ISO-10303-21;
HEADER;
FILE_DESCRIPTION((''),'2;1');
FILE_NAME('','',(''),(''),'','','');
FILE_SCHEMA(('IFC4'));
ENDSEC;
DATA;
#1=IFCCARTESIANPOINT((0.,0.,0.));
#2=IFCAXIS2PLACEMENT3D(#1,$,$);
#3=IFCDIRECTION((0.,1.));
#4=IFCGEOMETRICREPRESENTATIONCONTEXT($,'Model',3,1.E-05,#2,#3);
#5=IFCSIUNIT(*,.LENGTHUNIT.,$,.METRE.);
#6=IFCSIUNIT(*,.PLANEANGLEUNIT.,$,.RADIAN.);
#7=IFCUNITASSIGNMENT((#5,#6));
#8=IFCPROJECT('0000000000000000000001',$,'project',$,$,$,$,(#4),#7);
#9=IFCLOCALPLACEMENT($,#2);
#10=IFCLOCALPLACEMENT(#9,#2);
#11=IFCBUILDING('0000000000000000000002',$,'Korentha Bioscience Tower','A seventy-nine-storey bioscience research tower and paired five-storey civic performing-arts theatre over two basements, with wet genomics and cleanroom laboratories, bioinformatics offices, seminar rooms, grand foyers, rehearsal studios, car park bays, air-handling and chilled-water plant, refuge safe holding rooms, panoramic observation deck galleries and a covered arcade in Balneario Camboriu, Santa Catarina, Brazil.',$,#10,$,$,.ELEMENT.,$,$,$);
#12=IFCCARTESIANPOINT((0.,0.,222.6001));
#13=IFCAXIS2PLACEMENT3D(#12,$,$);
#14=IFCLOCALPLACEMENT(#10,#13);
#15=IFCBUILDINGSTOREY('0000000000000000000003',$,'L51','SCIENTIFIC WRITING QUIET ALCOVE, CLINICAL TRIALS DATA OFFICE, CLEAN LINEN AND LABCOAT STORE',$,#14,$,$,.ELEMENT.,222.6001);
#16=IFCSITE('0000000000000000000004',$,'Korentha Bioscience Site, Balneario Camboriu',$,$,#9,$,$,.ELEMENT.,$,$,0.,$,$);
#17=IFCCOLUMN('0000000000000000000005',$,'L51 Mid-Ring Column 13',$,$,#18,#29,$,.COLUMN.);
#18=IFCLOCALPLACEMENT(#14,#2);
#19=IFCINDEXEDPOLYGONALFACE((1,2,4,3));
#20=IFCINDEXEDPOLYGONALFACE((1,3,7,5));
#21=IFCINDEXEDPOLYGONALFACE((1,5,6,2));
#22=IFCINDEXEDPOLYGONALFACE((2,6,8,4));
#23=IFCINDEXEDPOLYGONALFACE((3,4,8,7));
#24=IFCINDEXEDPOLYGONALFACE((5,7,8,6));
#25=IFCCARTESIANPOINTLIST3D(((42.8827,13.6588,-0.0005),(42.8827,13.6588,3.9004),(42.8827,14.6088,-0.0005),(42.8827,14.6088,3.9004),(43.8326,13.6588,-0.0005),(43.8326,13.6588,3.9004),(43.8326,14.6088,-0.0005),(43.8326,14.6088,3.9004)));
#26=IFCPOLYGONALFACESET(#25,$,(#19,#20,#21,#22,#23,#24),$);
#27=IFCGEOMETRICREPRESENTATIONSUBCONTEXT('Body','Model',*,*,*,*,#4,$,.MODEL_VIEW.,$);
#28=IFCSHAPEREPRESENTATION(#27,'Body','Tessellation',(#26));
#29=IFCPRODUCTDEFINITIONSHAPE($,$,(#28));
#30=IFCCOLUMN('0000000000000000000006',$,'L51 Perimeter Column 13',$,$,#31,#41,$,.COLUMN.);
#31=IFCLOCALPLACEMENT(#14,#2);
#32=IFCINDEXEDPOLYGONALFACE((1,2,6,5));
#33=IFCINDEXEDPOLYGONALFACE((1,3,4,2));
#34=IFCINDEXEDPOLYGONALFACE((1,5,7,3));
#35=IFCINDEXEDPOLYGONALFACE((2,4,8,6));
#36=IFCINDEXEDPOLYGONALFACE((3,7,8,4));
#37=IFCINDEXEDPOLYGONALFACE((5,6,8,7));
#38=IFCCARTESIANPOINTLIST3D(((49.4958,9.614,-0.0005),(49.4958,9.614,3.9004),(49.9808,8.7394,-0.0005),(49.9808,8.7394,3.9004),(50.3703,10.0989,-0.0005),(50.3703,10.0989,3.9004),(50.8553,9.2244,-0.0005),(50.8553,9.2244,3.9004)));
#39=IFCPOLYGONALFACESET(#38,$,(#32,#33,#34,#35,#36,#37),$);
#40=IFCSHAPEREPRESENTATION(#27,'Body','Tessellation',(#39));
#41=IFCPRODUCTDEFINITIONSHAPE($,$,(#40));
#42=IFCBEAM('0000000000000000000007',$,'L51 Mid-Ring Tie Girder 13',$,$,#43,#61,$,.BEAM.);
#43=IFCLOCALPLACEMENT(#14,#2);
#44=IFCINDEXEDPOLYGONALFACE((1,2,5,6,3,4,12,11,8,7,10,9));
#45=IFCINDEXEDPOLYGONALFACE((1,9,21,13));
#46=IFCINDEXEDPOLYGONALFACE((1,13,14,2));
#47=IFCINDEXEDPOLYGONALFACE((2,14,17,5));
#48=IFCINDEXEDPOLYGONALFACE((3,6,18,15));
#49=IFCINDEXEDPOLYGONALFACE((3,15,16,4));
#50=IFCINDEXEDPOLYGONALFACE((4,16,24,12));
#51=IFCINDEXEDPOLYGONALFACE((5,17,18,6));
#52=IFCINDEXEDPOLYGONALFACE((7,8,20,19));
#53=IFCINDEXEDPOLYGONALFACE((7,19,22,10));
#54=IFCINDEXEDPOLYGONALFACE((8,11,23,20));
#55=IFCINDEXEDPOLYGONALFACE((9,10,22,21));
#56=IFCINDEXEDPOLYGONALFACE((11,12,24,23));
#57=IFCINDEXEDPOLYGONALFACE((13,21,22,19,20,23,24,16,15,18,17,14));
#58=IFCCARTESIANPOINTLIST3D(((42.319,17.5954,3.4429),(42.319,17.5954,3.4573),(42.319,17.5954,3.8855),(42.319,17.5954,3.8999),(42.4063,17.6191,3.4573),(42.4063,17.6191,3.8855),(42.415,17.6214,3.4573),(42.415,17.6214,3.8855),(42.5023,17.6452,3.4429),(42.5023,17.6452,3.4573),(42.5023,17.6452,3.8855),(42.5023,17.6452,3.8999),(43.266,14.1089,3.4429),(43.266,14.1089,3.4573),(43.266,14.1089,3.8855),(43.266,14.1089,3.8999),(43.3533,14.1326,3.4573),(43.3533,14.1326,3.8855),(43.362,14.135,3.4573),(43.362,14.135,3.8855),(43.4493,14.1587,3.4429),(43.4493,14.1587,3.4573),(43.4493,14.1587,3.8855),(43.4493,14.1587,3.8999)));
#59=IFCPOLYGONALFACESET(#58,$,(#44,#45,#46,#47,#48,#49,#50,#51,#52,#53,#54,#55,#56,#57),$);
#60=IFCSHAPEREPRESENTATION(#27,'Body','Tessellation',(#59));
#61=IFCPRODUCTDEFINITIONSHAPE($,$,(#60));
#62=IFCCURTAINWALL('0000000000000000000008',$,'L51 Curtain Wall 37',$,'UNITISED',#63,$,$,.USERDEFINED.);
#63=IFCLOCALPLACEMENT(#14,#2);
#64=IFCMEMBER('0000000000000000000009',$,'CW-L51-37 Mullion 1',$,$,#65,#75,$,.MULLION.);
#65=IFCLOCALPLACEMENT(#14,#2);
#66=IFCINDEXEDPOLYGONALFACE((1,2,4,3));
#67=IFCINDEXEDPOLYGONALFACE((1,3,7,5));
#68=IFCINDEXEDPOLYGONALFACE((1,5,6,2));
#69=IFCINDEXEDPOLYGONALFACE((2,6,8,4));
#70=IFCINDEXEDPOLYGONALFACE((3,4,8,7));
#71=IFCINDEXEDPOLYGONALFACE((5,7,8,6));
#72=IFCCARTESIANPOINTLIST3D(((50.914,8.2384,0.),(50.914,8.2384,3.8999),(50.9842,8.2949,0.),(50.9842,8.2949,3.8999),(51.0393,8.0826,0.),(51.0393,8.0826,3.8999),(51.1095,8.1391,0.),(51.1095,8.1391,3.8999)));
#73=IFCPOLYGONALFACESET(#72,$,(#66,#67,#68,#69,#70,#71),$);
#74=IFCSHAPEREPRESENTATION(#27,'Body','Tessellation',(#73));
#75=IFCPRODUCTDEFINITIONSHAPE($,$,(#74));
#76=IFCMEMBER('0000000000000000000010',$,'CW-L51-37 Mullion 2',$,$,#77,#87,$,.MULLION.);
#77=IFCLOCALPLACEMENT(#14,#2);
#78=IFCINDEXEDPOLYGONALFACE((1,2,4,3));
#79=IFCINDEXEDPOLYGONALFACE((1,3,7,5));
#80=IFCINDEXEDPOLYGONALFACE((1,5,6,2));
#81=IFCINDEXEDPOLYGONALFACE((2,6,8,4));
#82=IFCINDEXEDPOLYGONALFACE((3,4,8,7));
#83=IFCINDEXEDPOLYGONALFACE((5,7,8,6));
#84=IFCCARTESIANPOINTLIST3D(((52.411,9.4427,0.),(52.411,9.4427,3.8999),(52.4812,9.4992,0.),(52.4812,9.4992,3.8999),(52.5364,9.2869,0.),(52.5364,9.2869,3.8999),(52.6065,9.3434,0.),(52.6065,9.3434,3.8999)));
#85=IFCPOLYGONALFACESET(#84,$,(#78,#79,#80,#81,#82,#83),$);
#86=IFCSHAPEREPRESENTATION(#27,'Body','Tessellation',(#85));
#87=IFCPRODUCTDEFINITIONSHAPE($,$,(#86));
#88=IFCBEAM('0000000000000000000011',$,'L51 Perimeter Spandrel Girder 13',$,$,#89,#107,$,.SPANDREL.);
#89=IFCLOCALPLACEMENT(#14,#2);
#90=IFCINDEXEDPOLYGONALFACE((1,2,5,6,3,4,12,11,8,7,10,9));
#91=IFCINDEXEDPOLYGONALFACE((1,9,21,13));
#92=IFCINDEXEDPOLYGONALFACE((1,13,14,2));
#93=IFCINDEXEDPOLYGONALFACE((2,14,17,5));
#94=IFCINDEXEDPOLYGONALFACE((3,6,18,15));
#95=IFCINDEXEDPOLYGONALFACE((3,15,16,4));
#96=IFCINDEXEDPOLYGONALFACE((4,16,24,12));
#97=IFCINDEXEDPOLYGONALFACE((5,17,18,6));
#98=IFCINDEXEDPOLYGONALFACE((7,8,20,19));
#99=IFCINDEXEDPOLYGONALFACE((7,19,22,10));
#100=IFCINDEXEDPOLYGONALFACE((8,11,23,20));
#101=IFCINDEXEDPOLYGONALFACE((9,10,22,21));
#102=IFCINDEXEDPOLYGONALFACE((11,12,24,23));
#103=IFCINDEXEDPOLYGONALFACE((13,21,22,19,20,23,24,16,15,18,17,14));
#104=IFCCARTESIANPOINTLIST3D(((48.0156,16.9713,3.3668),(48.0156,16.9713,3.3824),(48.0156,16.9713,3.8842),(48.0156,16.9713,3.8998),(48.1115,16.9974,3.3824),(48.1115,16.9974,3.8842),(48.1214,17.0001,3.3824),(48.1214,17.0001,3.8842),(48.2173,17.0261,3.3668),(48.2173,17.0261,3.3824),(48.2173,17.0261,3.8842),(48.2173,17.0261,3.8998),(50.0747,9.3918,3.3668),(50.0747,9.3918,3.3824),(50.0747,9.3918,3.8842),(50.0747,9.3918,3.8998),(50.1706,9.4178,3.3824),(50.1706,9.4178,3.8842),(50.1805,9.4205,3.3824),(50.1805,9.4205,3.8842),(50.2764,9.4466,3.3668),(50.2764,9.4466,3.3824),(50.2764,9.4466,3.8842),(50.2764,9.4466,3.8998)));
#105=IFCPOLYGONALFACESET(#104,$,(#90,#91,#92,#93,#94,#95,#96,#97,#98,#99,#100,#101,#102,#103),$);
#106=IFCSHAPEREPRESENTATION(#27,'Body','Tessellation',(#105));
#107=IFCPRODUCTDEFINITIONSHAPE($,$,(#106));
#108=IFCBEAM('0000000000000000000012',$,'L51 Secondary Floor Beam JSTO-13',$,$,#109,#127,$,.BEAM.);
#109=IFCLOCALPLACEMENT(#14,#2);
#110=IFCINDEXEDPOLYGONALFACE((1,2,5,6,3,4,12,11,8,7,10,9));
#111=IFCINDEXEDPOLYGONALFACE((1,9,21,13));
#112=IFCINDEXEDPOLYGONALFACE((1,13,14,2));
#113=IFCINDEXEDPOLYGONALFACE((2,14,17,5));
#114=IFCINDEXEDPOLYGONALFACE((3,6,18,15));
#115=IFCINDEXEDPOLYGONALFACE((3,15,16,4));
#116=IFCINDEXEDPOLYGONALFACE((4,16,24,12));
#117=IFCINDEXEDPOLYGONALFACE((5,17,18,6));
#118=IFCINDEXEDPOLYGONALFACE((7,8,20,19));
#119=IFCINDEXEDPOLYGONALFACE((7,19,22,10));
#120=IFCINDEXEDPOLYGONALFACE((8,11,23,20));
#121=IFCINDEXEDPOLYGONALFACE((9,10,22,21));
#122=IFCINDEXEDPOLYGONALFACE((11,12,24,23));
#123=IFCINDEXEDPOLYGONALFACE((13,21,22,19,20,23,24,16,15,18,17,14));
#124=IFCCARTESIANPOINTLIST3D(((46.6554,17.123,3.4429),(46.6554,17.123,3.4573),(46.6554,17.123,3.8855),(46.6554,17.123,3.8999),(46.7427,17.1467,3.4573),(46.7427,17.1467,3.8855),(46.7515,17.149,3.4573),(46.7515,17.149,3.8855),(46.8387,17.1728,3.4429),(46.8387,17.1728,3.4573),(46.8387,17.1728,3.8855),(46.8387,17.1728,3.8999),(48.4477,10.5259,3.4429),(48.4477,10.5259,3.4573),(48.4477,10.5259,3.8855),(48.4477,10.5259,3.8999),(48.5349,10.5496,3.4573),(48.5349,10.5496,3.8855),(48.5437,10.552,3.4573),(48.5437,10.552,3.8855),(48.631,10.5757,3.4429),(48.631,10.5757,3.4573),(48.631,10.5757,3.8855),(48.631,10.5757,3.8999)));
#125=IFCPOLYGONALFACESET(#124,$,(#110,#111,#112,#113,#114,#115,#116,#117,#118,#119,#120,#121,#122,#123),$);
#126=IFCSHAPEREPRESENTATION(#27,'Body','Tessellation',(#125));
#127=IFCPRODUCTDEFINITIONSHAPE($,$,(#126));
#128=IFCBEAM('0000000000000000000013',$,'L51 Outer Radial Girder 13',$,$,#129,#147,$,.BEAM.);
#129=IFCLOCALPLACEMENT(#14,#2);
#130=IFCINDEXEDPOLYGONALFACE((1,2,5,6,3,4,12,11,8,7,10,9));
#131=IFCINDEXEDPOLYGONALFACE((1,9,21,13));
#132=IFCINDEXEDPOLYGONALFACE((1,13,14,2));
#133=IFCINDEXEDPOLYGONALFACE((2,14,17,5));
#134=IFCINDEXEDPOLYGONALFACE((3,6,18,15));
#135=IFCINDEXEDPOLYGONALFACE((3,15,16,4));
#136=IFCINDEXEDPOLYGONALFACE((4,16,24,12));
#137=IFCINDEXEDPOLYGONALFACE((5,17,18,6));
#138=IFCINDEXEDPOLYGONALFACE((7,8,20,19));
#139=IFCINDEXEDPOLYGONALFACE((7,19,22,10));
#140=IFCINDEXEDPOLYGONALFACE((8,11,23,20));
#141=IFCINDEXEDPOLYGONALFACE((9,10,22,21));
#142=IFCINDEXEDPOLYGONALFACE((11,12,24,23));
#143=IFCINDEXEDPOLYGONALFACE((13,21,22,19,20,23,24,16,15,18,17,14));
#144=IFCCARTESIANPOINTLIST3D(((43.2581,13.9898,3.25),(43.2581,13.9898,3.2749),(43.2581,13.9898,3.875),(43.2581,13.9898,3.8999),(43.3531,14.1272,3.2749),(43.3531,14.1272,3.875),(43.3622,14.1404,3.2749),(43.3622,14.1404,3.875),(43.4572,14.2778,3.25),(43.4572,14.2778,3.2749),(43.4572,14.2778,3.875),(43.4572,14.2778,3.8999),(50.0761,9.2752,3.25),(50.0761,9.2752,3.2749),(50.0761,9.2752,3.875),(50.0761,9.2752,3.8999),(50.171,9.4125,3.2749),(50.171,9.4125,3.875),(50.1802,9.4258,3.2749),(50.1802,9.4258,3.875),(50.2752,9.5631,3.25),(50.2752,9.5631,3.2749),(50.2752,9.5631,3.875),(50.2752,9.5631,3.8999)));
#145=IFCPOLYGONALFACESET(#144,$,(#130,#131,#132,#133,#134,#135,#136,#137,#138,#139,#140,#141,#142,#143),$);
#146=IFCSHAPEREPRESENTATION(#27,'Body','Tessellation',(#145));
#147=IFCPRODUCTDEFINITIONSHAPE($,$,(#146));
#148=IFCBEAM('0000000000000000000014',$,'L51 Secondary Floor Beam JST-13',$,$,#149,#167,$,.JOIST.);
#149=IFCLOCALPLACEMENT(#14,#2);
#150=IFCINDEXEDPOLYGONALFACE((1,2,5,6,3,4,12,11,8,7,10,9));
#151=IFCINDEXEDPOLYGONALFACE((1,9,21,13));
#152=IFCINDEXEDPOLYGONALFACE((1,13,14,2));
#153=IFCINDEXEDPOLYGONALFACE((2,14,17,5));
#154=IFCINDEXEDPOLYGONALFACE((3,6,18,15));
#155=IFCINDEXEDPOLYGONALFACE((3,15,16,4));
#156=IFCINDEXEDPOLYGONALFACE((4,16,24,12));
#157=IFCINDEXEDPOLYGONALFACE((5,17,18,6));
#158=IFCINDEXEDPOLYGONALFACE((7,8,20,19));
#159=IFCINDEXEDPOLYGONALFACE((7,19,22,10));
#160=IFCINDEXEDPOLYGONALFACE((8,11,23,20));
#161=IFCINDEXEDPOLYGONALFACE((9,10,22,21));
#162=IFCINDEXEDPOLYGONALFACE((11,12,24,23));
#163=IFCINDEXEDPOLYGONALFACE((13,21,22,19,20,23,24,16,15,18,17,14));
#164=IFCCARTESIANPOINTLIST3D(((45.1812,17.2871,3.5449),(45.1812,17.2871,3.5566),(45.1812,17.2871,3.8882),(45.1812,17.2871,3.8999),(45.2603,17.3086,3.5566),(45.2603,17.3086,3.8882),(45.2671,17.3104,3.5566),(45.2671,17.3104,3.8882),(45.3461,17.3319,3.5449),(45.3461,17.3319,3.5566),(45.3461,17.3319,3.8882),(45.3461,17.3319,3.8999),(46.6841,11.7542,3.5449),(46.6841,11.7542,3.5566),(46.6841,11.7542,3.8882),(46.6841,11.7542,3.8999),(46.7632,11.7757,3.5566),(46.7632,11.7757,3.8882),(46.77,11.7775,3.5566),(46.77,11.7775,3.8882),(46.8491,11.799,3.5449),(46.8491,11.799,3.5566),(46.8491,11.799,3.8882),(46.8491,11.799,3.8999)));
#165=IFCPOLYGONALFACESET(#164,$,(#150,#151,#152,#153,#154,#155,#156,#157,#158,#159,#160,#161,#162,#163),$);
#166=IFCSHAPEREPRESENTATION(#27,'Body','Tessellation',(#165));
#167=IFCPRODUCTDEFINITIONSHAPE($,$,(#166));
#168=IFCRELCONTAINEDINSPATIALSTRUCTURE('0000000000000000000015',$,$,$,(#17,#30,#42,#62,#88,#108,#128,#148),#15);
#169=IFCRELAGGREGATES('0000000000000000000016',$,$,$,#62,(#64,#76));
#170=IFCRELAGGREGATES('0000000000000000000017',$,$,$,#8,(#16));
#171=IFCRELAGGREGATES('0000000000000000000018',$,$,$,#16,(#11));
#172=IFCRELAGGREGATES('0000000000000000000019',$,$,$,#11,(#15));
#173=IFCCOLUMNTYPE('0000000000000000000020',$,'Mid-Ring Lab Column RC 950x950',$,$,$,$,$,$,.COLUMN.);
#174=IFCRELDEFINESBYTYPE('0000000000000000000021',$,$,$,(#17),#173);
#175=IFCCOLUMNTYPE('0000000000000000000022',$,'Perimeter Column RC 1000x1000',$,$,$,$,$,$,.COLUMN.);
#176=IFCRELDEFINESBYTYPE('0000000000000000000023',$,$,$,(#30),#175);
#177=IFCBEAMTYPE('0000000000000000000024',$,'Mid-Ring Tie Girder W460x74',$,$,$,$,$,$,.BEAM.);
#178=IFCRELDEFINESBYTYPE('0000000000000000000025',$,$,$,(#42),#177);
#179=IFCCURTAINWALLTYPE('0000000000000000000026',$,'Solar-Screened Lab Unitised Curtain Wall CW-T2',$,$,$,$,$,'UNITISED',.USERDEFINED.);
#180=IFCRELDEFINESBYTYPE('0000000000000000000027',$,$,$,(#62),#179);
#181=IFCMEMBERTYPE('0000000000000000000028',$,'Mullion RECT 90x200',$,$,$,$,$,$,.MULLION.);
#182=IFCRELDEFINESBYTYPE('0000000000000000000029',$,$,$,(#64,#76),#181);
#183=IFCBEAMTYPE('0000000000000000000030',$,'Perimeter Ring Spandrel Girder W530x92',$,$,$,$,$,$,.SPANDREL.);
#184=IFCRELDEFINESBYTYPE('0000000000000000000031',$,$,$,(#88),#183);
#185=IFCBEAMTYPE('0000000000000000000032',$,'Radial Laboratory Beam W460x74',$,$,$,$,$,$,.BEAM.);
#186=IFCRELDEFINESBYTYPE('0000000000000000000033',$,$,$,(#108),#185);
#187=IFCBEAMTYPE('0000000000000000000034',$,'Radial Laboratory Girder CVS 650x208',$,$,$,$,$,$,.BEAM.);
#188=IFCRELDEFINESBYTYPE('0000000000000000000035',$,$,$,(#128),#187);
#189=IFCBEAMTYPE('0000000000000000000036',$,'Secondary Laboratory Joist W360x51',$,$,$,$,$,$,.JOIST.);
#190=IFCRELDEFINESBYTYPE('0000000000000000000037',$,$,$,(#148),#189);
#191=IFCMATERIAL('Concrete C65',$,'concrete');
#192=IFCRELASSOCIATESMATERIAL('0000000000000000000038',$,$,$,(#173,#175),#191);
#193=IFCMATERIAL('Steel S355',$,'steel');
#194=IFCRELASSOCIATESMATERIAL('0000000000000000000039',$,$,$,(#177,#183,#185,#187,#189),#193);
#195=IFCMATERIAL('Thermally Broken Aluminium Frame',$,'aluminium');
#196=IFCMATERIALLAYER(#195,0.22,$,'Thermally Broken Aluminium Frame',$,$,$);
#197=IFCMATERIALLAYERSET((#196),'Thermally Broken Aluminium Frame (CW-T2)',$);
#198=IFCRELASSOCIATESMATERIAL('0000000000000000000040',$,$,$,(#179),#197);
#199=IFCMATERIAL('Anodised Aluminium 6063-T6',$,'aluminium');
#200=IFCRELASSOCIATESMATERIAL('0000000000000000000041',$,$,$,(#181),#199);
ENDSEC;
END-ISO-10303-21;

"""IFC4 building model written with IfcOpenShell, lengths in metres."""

from ifc_helpers import new_model, si_unit, direction, frame, origin, origin_2d, place, context, subcontext, project, spatial, rectangle, i_section, extrude, material, layer, layer_set, material_profile, profile_set, type_object, element, aggregate, save


model = new_model("IFC4")

# Units and contexts
model_context = context("Model", 3, precision=1e-05, world=origin(), true_north=direction((0.0, 1.0)))
body_context = subcontext(model_context, "Body", "Model", "MODEL_VIEW")
ifc_project = project(units=[si_unit("LENGTHUNIT", "METRE"), si_unit("PLANEANGLEUNIT", "RADIAN")], contexts=[model_context])

# Site, building, storey
site_placement = place(None, origin())
site = spatial("IfcSite", under=ifc_project, at=site_placement, Name="Korentha Bioscience Site, Balneario Camboriu", CompositionType="ELEMENT", RefElevation=0.0)
building_placement = place(site_placement, origin())
building = spatial("IfcBuilding", under=site, at=building_placement, Name="Korentha Bioscience Tower", Description="A seventy-nine-storey bioscience research tower and paired five-storey civic performing-arts theatre over two basements, with wet genomics and cleanroom laboratories, bioinformatics offices, seminar rooms, grand foyers, rehearsal studios, car park bays, air-handling and chilled-water plant, refuge safe holding rooms, panoramic observation deck galleries and a covered arcade in Balneario Camboriu, Santa Catarina, Brazil.", CompositionType="ELEMENT")
storey_placement = place(building_placement, frame((0.0, 0.0, 222.6001)))
storey = spatial("IfcBuildingStorey", under=building, at=storey_placement, Name="L51", Description="SCIENTIFIC WRITING QUIET ALCOVE, CLINICAL TRIALS DATA OFFICE, CLEAN LINEN AND LABCOAT STORE", CompositionType="ELEMENT", Elevation=222.6001)

# Columns
ifc_material_1 = material(Name="Concrete C65", Category="concrete")
ifc_material_profile_1 = material_profile(ifc_material_1, rectangle(XDim=0.95, YDim=0.95, at=origin_2d()), Name="Concrete C65")
ifc_profile_set_1 = profile_set([ifc_material_profile_1], Name="Concrete C65 (COL-MR09)")
column_type_1 = type_object("IfcColumnType", Name="Mid-Ring Lab Column RC 950x950", PredefinedType="COLUMN", material=ifc_profile_set_1)
column_1_placement = place(storey_placement, frame((43.3577, 14.1338, -0.0005), z_axis=(0.0, 0.0, 1.0), x_axis=(1.0, 0.0, 0.0)))
element("IfcColumn", 1, at=column_1_placement, inside=storey, type_object=column_type_1, Name="L51 Mid-Ring Column 13", PredefinedType="COLUMN", context=body_context, shape_type="SweptSolid", body=[
    extrude(rectangle(XDim=0.95, YDim=0.95, at=origin_2d()), origin(), (0.0, 0.0, 1.0), 3.9009),
])
ifc_material_profile_2 = material_profile(ifc_material_1, rectangle(XDim=1.0, YDim=1.0, at=origin_2d()), Name="Concrete C65")
ifc_profile_set_2 = profile_set([ifc_material_profile_2], Name="Concrete C65 (COL-P10)")
column_type_2 = type_object("IfcColumnType", Name="Perimeter Column RC 1000x1000", PredefinedType="COLUMN", material=ifc_profile_set_2)
column_2_placement = place(storey_placement, frame((50.1755, 9.4192, -0.0005), z_axis=(0.0, 0.0, 1.0), x_axis=(0.874535, 0.484962, 0.0)))
element("IfcColumn", 2, at=column_2_placement, inside=storey, type_object=column_type_2, Name="L51 Perimeter Column 13", PredefinedType="COLUMN", context=body_context, shape_type="SweptSolid", body=[
    extrude(rectangle(XDim=1.0, YDim=1.0, at=origin_2d()), origin(), (0.0, 0.0, 1.0), 3.9009),
])

# Beam
ifc_material_2 = material(Name="Steel S355", Category="steel")
ifc_material_profile_3 = material_profile(ifc_material_2, i_section(OverallWidth=0.1899, OverallDepth=0.457, WebThickness=0.009, FlangeThickness=0.0144, at=origin_2d()), Name="Steel S355")
ifc_profile_set_3 = profile_set([ifc_material_profile_3], Name="Steel S355 (MB-460)")
beam_type_1 = type_object("IfcBeamType", Name="Mid-Ring Tie Girder W460x74", PredefinedType="BEAM", material=ifc_profile_set_3)
beam_1_placement = place(storey_placement, frame((43.3577, 14.1338, 3.6714), z_axis=(-0.262122, 0.965035, 0.0), x_axis=(-0.965035, -0.262122, 0.0)))
element("IfcBeam", 3, at=beam_1_placement, inside=storey, type_object=beam_type_1, Name="L51 Mid-Ring Tie Girder 13", PredefinedType="BEAM", context=body_context, shape_type="SweptSolid", body=[
    extrude(i_section(OverallWidth=0.1899, OverallDepth=0.457, WebThickness=0.009, FlangeThickness=0.0144, at=origin_2d()), origin(), (0.0, 0.0, 1.0), 3.6128),
])

# Curtain wall, members
ifc_material_3 = material(Name="Thermally Broken Aluminium Frame", Category="aluminium")
ifc_layer_1 = layer(ifc_material_3, 0.22, Name="Thermally Broken Aluminium Frame")
ifc_layer_set_1 = layer_set([ifc_layer_1], Name="Thermally Broken Aluminium Frame (CW-T2)")
curtain_wall_type = type_object("IfcCurtainWallType", Name="Solar-Screened Lab Unitised Curtain Wall CW-T2", ElementType="UNITISED", PredefinedType="USERDEFINED", material=ifc_layer_set_1)
curtain_wall_placement = place(storey_placement, origin())
curtain_wall = element("IfcCurtainWall", 4, at=curtain_wall_placement, inside=storey, type_object=curtain_wall_type, Name="L51 Curtain Wall 37", ObjectType="UNITISED", PredefinedType="USERDEFINED")
ifc_material_4 = material(Name="Anodised Aluminium 6063-T6", Category="aluminium")
ifc_material_profile_4 = material_profile(ifc_material_4, rectangle(XDim=0.0901, YDim=0.2, at=origin_2d()), Name="Anodised Aluminium 6063-T6")
ifc_profile_set_4 = profile_set([ifc_material_profile_4], Name="Anodised Aluminium 6063-T6 (CW-MUL)")
member_type_1 = type_object("IfcMemberType", Name="Mullion RECT 90x200", PredefinedType="MULLION", material=ifc_profile_set_4)
member_1_placement = place(storey_placement, frame((51.0117, 8.1887, 0.0), z_axis=(0.0, 0.0, 1.0), x_axis=(0.779198, 0.626778, 0.0)))
member_1 = element("IfcMember", 5, at=member_1_placement, type_object=member_type_1, Name="CW-L51-37 Mullion 1", PredefinedType="MULLION", context=body_context, shape_type="SweptSolid", body=[
    extrude(rectangle(XDim=0.0901, YDim=0.2, at=origin_2d()), origin(), (0.0, 0.0, 1.0), 3.8999),
])
member_2_placement = place(storey_placement, frame((52.5088, 9.3931, 0.0), z_axis=(0.0, 0.0, 1.0), x_axis=(0.779198, 0.626778, 0.0)))
member_2 = element("IfcMember", 6, at=member_2_placement, type_object=member_type_1, Name="CW-L51-37 Mullion 2", PredefinedType="MULLION", context=body_context, shape_type="SweptSolid", body=[
    extrude(rectangle(XDim=0.0901, YDim=0.2, at=origin_2d()), origin(), (0.0, 0.0, 1.0), 3.8999),
])

# Beams
ifc_material_profile_5 = material_profile(ifc_material_2, i_section(OverallWidth=0.209, OverallDepth=0.533, WebThickness=0.0103, FlangeThickness=0.0156, at=origin_2d()), Name="Steel S355")
ifc_profile_set_5 = profile_set([ifc_material_profile_5], Name="Steel S355 (SB-530)")
beam_type_2 = type_object("IfcBeamType", Name="Perimeter Ring Spandrel Girder W530x92", PredefinedType="SPANDREL", material=ifc_profile_set_5)
beam_2_placement = place(storey_placement, frame((50.1755, 9.4192, 3.6333), z_axis=(-0.26216, 0.965024, 0.0), x_axis=(-0.965024, -0.26216, 0.0)))
element("IfcBeam", 7, at=beam_2_placement, inside=storey, type_object=beam_type_2, Name="L51 Perimeter Spandrel Girder 13", PredefinedType="SPANDREL", context=body_context, shape_type="SweptSolid", body=[
    extrude(i_section(OverallWidth=0.209, OverallDepth=0.533, WebThickness=0.0103, FlangeThickness=0.0156, at=origin_2d()), origin(), (0.0, 0.0, 1.0), 7.8542),
])
ifc_material_profile_6 = material_profile(ifc_material_2, i_section(OverallWidth=0.1899, OverallDepth=0.457, WebThickness=0.009, FlangeThickness=0.0144, at=origin_2d()), Name="Steel S355")
ifc_profile_set_6 = profile_set([ifc_material_profile_6], Name="Steel S355 (RB-460)")
beam_type_3 = type_object("IfcBeamType", Name="Radial Laboratory Beam W460x74", PredefinedType="BEAM", material=ifc_profile_set_6)
beam_3_placement = place(storey_placement, frame((48.5393, 10.5508, 3.6714), z_axis=(-0.262165, 0.965023, 0.0), x_axis=(-0.965023, -0.262165, 0.0)))
element("IfcBeam", 8, at=beam_3_placement, inside=storey, type_object=beam_type_3, Name="L51 Secondary Floor Beam JSTO-13", PredefinedType="BEAM", context=body_context, shape_type="SweptSolid", body=[
    extrude(i_section(OverallWidth=0.1899, OverallDepth=0.457, WebThickness=0.009, FlangeThickness=0.0144, at=origin_2d()), origin(), (0.0, 0.0, 1.0), 6.8362),
])
ifc_material_profile_7 = material_profile(ifc_material_2, i_section(OverallWidth=0.3501, OverallDepth=0.6499, WebThickness=0.0161, FlangeThickness=0.0249, at=origin_2d()), Name="Steel S355")
ifc_profile_set_7 = profile_set([ifc_material_profile_7], Name="Steel S355 (RB-650)")
beam_type_4 = type_object("IfcBeamType", Name="Radial Laboratory Girder CVS 650x208", PredefinedType="BEAM", material=ifc_profile_set_7)
beam_4_placement = place(storey_placement, frame((43.3577, 14.1338, 3.575), z_axis=(0.822501, -0.568764, 0.0), x_axis=(0.568764, 0.822501, 0.0)))
element("IfcBeam", 9, at=beam_4_placement, inside=storey, type_object=beam_type_4, Name="L51 Outer Radial Girder 13", PredefinedType="BEAM", context=body_context, shape_type="SweptSolid", body=[
    extrude(i_section(OverallWidth=0.3501, OverallDepth=0.6499, WebThickness=0.0161, FlangeThickness=0.0249, at=origin_2d()), origin(), (0.0, 0.0, 1.0), 8.2893),
])
ifc_material_profile_8 = material_profile(ifc_material_2, i_section(OverallWidth=0.1709, OverallDepth=0.355, WebThickness=0.0071, FlangeThickness=0.0117, at=origin_2d()), Name="Steel S355")
ifc_profile_set_8 = profile_set([ifc_material_profile_8], Name="Steel S355 (JB-360)")
beam_type_5 = type_object("IfcBeamType", Name="Secondary Laboratory Joist W360x51", PredefinedType="JOIST", material=ifc_profile_set_8)
beam_5_placement = place(storey_placement, frame((46.7666, 11.7766, 3.7224), z_axis=(-0.262134, 0.965032, 0.0), x_axis=(-0.965032, -0.262134, 0.0)))
element("IfcBeam", 10, at=beam_5_placement, inside=storey, type_object=beam_type_5, Name="L51 Secondary Floor Beam JST-13", PredefinedType="JOIST", context=body_context, shape_type="SweptSolid", body=[
    extrude(i_section(OverallWidth=0.1709, OverallDepth=0.355, WebThickness=0.0071, FlangeThickness=0.0117, at=origin_2d()), origin(), (0.0, 0.0, 1.0), 5.7334),
])

aggregate(curtain_wall, [member_1, member_2])

save(model, "model.ifc")
